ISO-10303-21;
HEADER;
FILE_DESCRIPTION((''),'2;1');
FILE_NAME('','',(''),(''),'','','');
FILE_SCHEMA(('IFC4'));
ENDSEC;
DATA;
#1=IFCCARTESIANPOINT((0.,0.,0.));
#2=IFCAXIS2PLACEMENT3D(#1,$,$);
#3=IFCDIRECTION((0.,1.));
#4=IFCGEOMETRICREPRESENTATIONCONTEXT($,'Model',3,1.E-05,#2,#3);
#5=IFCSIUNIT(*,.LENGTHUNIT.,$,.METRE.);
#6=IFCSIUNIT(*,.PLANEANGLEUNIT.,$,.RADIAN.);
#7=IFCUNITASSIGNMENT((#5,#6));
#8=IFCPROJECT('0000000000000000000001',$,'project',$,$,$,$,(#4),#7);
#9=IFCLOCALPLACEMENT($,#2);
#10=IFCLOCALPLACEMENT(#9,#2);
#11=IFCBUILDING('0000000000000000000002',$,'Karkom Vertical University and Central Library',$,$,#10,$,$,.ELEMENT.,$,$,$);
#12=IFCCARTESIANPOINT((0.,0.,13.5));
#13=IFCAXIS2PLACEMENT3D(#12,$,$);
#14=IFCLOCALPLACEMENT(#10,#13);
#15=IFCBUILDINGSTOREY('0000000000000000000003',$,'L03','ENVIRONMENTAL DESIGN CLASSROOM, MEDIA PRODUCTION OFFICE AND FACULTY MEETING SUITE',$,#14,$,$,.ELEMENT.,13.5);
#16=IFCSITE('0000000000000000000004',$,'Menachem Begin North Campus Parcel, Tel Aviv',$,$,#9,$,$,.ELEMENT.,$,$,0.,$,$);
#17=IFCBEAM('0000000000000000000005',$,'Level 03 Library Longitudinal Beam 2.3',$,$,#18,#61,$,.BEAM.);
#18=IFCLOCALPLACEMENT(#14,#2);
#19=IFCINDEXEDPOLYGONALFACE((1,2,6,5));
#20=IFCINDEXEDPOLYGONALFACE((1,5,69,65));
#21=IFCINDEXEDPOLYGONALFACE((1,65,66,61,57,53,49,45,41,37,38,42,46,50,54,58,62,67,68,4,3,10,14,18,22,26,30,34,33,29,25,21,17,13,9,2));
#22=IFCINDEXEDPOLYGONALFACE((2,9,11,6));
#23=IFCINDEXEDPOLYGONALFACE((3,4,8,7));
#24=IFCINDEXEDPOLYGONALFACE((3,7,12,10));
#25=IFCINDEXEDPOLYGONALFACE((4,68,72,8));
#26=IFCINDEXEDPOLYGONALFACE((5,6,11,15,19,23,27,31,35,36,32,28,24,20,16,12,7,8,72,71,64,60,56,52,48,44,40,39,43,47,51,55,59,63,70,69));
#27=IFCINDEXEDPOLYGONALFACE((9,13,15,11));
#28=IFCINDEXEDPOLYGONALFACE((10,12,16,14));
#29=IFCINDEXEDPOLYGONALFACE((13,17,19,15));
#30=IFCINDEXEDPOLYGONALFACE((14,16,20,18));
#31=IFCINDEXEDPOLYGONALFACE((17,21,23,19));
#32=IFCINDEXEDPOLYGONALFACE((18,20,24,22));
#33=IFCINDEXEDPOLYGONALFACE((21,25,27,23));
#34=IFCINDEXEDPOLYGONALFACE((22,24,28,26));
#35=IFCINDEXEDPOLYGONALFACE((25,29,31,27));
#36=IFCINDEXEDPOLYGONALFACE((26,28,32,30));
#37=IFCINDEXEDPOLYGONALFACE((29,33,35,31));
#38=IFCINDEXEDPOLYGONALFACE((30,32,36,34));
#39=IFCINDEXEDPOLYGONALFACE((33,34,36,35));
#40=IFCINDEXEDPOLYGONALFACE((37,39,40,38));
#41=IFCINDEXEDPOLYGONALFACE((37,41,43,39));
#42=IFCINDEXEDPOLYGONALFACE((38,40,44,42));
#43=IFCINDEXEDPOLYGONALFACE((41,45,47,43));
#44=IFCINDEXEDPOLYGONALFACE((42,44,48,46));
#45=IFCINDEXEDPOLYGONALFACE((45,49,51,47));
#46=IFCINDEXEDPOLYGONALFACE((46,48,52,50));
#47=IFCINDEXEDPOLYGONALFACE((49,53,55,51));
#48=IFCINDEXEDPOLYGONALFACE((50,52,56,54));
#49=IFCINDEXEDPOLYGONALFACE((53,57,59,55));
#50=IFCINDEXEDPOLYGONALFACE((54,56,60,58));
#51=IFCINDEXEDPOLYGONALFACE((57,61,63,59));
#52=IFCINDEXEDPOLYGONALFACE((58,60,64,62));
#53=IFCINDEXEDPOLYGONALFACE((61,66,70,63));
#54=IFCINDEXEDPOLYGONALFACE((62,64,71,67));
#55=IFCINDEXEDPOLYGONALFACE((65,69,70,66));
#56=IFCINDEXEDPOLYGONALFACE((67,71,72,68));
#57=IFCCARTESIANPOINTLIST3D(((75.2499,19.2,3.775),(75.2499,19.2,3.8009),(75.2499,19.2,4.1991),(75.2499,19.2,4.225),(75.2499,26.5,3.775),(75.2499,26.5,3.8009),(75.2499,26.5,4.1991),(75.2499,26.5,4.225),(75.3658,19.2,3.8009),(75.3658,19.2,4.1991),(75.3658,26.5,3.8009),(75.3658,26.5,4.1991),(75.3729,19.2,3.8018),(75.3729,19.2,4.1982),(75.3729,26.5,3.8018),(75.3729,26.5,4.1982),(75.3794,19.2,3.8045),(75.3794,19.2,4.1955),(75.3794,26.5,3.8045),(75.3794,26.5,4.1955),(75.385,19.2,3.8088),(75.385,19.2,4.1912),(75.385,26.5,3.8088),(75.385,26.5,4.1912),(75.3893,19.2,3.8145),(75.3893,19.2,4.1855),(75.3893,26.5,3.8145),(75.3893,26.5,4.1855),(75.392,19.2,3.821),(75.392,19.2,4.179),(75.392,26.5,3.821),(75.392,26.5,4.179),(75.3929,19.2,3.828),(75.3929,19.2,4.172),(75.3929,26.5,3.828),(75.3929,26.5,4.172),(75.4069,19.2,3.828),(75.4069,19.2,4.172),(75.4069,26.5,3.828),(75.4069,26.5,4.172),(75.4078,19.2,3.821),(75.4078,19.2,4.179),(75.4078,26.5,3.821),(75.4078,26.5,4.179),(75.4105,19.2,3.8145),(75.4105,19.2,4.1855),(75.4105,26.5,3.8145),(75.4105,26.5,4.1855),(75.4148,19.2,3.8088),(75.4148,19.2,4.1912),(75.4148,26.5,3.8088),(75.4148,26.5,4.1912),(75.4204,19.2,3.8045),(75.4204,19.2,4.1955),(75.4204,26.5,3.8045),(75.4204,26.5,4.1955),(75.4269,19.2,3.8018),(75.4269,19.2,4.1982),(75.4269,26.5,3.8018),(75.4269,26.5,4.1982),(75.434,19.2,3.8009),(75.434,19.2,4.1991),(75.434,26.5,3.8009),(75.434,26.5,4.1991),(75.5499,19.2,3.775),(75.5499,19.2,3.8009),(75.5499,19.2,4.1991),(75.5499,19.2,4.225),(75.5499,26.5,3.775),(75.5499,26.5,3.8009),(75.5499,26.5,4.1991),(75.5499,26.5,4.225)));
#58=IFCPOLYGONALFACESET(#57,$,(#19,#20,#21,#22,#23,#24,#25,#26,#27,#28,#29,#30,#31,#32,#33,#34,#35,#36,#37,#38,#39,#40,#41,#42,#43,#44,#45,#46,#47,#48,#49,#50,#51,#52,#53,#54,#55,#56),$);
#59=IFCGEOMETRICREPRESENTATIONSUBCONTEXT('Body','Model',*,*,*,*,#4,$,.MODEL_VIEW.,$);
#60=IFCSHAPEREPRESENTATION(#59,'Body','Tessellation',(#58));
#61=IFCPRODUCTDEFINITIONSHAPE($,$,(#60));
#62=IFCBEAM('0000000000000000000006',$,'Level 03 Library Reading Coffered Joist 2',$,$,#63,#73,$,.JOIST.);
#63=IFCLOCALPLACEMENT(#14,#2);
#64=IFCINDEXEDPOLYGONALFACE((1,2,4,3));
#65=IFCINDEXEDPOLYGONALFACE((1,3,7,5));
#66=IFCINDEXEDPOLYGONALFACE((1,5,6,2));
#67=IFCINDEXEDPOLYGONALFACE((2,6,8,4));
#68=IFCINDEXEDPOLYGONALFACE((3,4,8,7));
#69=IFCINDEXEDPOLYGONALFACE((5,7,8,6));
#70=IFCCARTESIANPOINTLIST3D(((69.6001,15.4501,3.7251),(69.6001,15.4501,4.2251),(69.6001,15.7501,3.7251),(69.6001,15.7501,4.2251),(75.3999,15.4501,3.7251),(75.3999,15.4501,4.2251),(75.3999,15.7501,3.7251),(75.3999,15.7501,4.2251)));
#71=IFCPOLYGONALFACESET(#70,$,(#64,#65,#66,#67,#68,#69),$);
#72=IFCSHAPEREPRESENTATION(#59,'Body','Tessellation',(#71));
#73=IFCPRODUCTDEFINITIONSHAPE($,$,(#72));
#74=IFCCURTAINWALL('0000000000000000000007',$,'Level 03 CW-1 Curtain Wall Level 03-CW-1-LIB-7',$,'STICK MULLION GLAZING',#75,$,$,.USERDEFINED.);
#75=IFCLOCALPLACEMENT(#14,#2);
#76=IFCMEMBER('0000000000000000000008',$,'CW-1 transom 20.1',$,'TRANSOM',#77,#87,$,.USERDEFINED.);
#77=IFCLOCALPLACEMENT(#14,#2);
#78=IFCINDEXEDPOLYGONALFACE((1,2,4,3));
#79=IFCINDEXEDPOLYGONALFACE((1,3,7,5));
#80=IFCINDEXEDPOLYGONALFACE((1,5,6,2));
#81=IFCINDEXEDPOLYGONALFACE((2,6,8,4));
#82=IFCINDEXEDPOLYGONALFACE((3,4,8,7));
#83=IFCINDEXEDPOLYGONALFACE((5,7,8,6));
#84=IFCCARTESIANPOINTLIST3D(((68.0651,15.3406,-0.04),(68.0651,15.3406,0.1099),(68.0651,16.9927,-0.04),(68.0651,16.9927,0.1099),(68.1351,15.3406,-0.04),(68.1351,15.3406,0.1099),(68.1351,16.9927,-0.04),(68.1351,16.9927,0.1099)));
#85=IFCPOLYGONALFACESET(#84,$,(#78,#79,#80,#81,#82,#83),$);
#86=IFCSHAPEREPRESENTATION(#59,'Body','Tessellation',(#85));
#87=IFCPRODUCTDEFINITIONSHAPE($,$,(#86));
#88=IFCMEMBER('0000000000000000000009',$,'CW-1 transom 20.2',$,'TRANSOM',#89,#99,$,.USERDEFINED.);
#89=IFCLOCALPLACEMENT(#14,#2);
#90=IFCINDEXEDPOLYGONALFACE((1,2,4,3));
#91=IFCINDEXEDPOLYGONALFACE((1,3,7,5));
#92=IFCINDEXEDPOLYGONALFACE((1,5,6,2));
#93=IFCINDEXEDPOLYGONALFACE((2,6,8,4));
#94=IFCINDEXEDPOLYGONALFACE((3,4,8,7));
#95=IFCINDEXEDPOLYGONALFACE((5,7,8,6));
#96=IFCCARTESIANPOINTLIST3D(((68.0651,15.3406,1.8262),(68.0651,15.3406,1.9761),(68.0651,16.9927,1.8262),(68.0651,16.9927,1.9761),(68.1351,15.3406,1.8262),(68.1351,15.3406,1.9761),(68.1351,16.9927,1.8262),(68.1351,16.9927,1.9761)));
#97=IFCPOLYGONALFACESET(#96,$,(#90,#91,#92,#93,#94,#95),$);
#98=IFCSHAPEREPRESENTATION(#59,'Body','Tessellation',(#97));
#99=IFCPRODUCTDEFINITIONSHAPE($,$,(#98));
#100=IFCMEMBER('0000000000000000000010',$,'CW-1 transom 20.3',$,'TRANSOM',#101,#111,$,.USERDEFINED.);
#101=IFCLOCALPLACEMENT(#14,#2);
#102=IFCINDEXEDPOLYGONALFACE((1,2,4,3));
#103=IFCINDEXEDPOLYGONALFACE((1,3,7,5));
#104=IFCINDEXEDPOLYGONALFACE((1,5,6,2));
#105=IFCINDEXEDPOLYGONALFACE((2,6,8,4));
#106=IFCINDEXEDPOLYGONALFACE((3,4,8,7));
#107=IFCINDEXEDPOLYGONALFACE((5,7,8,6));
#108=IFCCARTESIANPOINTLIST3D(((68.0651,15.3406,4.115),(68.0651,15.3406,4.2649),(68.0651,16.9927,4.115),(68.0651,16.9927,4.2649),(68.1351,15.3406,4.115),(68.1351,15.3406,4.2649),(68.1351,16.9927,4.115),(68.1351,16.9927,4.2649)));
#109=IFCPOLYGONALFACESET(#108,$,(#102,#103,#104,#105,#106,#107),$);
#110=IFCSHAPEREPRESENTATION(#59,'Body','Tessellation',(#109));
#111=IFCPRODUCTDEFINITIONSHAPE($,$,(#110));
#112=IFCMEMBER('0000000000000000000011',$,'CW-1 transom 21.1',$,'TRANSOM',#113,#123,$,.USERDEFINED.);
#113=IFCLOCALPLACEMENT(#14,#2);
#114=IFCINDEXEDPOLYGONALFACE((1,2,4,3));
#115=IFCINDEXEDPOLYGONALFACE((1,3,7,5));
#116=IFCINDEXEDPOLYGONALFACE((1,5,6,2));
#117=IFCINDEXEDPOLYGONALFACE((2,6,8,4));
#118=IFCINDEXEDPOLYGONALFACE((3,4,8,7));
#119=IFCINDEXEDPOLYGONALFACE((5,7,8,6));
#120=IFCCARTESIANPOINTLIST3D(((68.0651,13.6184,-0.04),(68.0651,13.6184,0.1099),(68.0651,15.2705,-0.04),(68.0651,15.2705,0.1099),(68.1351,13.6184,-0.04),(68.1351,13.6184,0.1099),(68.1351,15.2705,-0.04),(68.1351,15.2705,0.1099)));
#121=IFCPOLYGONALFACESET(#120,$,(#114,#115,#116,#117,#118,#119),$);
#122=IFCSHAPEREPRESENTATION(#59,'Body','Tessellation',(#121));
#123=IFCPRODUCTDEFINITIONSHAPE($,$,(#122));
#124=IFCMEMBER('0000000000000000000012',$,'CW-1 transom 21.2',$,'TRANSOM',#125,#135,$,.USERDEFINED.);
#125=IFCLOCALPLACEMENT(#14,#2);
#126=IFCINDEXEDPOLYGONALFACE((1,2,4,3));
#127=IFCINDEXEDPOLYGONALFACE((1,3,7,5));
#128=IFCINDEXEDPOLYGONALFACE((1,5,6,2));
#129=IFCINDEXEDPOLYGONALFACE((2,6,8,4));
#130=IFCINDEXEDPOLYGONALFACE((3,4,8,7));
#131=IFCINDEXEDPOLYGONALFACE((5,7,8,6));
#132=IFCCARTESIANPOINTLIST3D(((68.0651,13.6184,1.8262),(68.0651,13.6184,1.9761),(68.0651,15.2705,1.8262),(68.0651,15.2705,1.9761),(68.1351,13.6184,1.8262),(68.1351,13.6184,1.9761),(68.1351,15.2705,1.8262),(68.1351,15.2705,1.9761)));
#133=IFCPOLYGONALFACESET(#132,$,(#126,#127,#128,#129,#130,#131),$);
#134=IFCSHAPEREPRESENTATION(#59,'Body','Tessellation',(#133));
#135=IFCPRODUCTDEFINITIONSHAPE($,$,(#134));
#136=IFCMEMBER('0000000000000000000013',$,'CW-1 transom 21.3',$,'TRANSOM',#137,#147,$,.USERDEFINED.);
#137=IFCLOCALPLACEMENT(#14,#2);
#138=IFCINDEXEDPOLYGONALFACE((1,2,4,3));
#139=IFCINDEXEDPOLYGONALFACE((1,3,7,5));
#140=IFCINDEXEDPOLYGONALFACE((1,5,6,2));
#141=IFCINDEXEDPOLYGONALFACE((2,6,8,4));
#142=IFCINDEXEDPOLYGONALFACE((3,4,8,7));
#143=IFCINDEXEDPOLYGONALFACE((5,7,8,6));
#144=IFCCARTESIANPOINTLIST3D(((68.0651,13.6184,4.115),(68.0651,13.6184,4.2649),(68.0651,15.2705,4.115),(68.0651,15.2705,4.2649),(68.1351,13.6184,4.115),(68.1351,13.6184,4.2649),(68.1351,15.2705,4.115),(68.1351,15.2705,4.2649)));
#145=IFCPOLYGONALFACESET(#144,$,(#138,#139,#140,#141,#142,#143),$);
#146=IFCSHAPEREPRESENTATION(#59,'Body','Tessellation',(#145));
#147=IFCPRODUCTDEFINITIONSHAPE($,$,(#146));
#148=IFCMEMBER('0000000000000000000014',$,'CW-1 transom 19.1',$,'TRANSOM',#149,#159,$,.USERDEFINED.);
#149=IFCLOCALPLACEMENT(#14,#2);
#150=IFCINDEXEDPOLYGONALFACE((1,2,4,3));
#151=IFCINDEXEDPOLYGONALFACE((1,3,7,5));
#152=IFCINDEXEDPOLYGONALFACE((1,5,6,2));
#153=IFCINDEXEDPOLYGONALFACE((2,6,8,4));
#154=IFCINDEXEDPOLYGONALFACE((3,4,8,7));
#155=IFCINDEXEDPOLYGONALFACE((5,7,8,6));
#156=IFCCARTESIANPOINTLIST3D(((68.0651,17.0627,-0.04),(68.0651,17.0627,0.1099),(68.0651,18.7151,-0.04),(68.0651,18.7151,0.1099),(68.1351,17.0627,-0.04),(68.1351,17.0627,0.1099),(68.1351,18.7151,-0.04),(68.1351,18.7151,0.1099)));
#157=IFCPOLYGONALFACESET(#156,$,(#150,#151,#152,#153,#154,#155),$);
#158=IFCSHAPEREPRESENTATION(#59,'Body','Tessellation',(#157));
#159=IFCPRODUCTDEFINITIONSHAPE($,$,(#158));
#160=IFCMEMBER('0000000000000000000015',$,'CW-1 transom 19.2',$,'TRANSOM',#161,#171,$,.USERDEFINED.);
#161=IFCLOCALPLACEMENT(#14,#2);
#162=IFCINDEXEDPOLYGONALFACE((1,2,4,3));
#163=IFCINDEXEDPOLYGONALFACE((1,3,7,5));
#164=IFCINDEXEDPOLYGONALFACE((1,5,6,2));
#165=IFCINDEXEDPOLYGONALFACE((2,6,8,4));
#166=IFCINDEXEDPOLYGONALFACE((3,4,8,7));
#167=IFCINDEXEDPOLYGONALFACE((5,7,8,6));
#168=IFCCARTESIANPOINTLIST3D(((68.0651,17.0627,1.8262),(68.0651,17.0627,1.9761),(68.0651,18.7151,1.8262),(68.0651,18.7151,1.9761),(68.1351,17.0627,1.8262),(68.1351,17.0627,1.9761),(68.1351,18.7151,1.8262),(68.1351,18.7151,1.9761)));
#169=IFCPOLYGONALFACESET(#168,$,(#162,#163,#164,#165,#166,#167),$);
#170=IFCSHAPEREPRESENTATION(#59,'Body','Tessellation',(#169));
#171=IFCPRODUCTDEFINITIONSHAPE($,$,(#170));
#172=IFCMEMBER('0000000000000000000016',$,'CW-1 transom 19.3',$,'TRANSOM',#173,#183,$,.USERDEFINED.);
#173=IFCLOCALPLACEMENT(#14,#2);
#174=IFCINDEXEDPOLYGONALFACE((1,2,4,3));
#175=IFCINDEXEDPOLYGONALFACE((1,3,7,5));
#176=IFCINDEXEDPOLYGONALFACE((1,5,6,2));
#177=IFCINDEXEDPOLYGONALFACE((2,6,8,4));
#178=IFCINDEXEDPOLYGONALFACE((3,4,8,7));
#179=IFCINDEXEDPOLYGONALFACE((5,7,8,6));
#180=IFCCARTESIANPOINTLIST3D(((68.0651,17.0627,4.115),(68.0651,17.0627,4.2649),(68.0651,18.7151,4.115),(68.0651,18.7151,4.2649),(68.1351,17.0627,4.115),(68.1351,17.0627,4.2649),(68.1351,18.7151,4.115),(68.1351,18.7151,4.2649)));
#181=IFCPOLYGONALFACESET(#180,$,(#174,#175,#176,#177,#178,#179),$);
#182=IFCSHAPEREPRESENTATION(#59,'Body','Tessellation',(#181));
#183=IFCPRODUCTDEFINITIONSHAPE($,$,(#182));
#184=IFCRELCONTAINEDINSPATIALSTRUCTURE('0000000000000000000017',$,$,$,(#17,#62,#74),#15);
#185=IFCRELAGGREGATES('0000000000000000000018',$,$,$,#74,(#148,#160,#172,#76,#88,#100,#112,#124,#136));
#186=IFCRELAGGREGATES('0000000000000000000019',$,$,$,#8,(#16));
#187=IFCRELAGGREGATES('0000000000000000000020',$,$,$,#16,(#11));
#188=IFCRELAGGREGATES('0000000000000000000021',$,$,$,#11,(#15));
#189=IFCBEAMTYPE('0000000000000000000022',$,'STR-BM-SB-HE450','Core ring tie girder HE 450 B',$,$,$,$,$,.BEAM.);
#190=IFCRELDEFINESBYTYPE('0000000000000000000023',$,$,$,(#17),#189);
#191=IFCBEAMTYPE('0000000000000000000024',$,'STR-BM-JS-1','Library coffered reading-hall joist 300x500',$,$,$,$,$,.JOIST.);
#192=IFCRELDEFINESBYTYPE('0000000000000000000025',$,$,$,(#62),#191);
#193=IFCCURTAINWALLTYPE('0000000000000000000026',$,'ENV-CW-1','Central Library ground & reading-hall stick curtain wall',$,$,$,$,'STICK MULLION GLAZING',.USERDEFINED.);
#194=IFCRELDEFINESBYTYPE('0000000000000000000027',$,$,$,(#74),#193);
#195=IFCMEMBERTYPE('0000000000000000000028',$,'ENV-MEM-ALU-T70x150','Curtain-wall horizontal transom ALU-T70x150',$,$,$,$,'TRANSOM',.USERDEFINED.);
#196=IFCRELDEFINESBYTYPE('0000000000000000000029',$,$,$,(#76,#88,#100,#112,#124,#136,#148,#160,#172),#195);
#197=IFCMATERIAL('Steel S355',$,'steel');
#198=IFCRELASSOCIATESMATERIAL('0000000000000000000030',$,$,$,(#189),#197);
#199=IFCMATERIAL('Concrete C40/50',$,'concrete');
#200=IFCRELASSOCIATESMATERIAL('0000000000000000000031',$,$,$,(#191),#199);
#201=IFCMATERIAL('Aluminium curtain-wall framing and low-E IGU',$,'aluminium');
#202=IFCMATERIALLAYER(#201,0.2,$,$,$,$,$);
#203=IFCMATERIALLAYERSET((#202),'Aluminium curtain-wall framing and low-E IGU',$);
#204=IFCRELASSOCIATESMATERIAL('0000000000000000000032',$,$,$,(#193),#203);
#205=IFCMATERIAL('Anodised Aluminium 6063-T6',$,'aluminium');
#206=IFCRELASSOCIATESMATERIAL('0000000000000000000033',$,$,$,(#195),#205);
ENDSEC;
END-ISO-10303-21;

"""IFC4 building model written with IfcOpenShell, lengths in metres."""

from ifc_helpers import new_model, si_unit, direction, frame, origin, origin_with_axes, origin_2d, place, context, subcontext, project, spatial, rectangle, i_section, extrude, source, transform, mapped, material, layer, layer_set, material_profile, profile_set, type_object, element, aggregate, save


model = new_model("IFC4")

# Units and contexts
model_context = context("Model", 3, precision=1e-05, world=origin(), true_north=direction((0.0, 1.0)))
body_context = subcontext(model_context, "Body", "Model", "MODEL_VIEW")
ifc_project = project(units=[si_unit("LENGTHUNIT", "METRE"), si_unit("PLANEANGLEUNIT", "RADIAN")], contexts=[model_context])

# Site, building, storey
site_placement = place(None, origin())
site = spatial("IfcSite", under=ifc_project, at=site_placement, Name="Menachem Begin North Campus Parcel, Tel Aviv", CompositionType="ELEMENT", RefElevation=0.0)
building_placement = place(site_placement, origin())
building = spatial("IfcBuilding", under=site, at=building_placement, Name="Karkom Vertical University and Central Library", CompositionType="ELEMENT")
storey_placement = place(building_placement, frame((0.0, 0.0, 13.5)))
storey = spatial("IfcBuildingStorey", under=building, at=storey_placement, Name="L03", Description="ENVIRONMENTAL DESIGN CLASSROOM, MEDIA PRODUCTION OFFICE AND FACULTY MEETING SUITE", CompositionType="ELEMENT", Elevation=13.5)

# Shared definitions
ifc_material_1 = material(Name="Concrete C40/50", Category="concrete")

# Beams
ifc_material_2 = material(Name="Steel S355", Category="steel")
ifc_material_profile_1 = material_profile(ifc_material_2, i_section(OverallWidth=0.3, OverallDepth=0.45, WebThickness=0.0139, FlangeThickness=0.0259, FilletRadius=0.0271, at=origin_2d()), Name="HE 450 B")
ifc_profile_set_1 = profile_set([ifc_material_profile_1], Name="Steel S355")
beam_type_1 = type_object("IfcBeamType", Name="STR-BM-SB-HE450", Description="Core ring tie girder HE 450 B", PredefinedType="BEAM", material=ifc_profile_set_1)
shared_shape_1 = source(origin_with_axes(), body_context, "Body", "SweptSolid", [
    extrude(i_section(OverallWidth=0.3, OverallDepth=0.45, WebThickness=0.0139, FlangeThickness=0.0259, FilletRadius=0.0271, at=origin_2d()), origin(), (0.0, 0.0, 1.0), 7.3),
])
for number, where, z_axis, x_axis, name in (
    (1, (75.3999, 19.2, 4.0), (0.0, 1.0, 0.0), (-1.0, 0.0, 0.0), "Level 03 Library Longitudinal Beam 2.3"),
):
    element("IfcBeam", number, at=place(storey_placement, frame(where, z_axis=z_axis, x_axis=x_axis)), inside=storey, type_object=beam_type_1, Name=name, PredefinedType="BEAM", context=body_context, shape_type="MappedRepresentation", body=[
        mapped(shared_shape_1, transform((0.0, 0.0, 0.0), scale=1.0)),
    ])
ifc_material_profile_2 = material_profile(ifc_material_1, rectangle(XDim=0.3, YDim=0.5, at=origin_2d()), Name="RCJ-300x500")
ifc_profile_set_2 = profile_set([ifc_material_profile_2], Name="Concrete C40/50")
beam_type_2 = type_object("IfcBeamType", Name="STR-BM-JS-1", Description="Library coffered reading-hall joist 300x500", PredefinedType="JOIST", material=ifc_profile_set_2)
shared_shape_2 = source(origin_with_axes(), body_context, "Body", "SweptSolid", [
    extrude(rectangle(XDim=0.3, YDim=0.5, at=origin_2d()), origin(), (0.0, 0.0, 1.0), 5.7998),
])
beam_1_placement = place(storey_placement, frame((69.6001, 15.6001, 3.9751), z_axis=(1.0, 0.0, 0.0), x_axis=(0.0, 1.0, 0.0)))
element("IfcBeam", 2, at=beam_1_placement, inside=storey, type_object=beam_type_2, Name="Level 03 Library Reading Coffered Joist 2", PredefinedType="JOIST", context=body_context, shape_type="MappedRepresentation", body=[
    mapped(shared_shape_2, transform((0.0, 0.0, 0.0), scale=1.0)),
])

# Curtain wall, members
ifc_material_3 = material(Name="Aluminium curtain-wall framing and low-E IGU", Category="aluminium")
ifc_layer_1 = layer(ifc_material_3, 0.2)
ifc_layer_set_1 = layer_set([ifc_layer_1], Name="Aluminium curtain-wall framing and low-E IGU")
curtain_wall_type = type_object("IfcCurtainWallType", Name="ENV-CW-1", Description="Central Library ground & reading-hall stick curtain wall", ElementType="STICK MULLION GLAZING", PredefinedType="USERDEFINED", material=ifc_layer_set_1)
curtain_wall_placement = place(storey_placement, origin())
curtain_wall = element("IfcCurtainWall", 3, at=curtain_wall_placement, inside=storey, type_object=curtain_wall_type, Name="Level 03 CW-1 Curtain Wall Level 03-CW-1-LIB-7", ObjectType="STICK MULLION GLAZING", PredefinedType="USERDEFINED")
ifc_material_4 = material(Name="Anodised Aluminium 6063-T6", Category="aluminium")
ifc_material_profile_3 = material_profile(ifc_material_4, rectangle(XDim=0.0701, YDim=0.1499, at=origin_2d()), Name="ALU-T70x150")
ifc_profile_set_3 = profile_set([ifc_material_profile_3], Name="Anodised Aluminium 6063-T6")
member_type = type_object("IfcMemberType", Name="ENV-MEM-ALU-T70x150", Description="Curtain-wall horizontal transom ALU-T70x150", ElementType="TRANSOM", PredefinedType="USERDEFINED", material=ifc_profile_set_3)
shared_shape_3 = source(origin_with_axes(), body_context, "Body", "SweptSolid", [
    extrude(rectangle(XDim=0.0701, YDim=0.1499, at=origin_2d()), origin(), (0.0, 0.0, 1.0), 1.6521),
])
member_1_placement = place(storey_placement, frame((68.1001, 16.9927, 0.0349), z_axis=(0.0, -1.0, 0.0), x_axis=(1.0, 0.0, 0.0)))
member_1 = element("IfcMember", 4, at=member_1_placement, type_object=member_type, Name="CW-1 transom 20.1", ObjectType="TRANSOM", PredefinedType="USERDEFINED", context=body_context, shape_type="MappedRepresentation", body=[
    mapped(shared_shape_3, transform((0.0, 0.0, 0.0), scale=1.0)),
])
member_2_placement = place(storey_placement, frame((68.1001, 16.9927, 1.9011), z_axis=(0.0, -1.0, 0.0), x_axis=(1.0, 0.0, 0.0)))
member_2 = element("IfcMember", 5, at=member_2_placement, type_object=member_type, Name="CW-1 transom 20.2", ObjectType="TRANSOM", PredefinedType="USERDEFINED", context=body_context, shape_type="MappedRepresentation", body=[
    mapped(shared_shape_3, transform((0.0, 0.0, 0.0), scale=1.0)),
])
member_3_placement = place(storey_placement, frame((68.1001, 16.9927, 4.1899), z_axis=(0.0, -1.0, 0.0), x_axis=(1.0, 0.0, 0.0)))
member_3 = element("IfcMember", 6, at=member_3_placement, type_object=member_type, Name="CW-1 transom 20.3", ObjectType="TRANSOM", PredefinedType="USERDEFINED", context=body_context, shape_type="MappedRepresentation", body=[
    mapped(shared_shape_3, transform((0.0, 0.0, 0.0), scale=1.0)),
])
member_4_placement = place(storey_placement, frame((68.1001, 15.2705, 0.0349), z_axis=(0.0, -1.0, 0.0), x_axis=(1.0, 0.0, 0.0)))
member_4 = element("IfcMember", 7, at=member_4_placement, type_object=member_type, Name="CW-1 transom 21.1", ObjectType="TRANSOM", PredefinedType="USERDEFINED", context=body_context, shape_type="MappedRepresentation", body=[
    mapped(shared_shape_3, transform((0.0, 0.0, 0.0), scale=1.0)),
])
member_5_placement = place(storey_placement, frame((68.1001, 15.2705, 1.9011), z_axis=(0.0, -1.0, 0.0), x_axis=(1.0, 0.0, 0.0)))
member_5 = element("IfcMember", 8, at=member_5_placement, type_object=member_type, Name="CW-1 transom 21.2", ObjectType="TRANSOM", PredefinedType="USERDEFINED", context=body_context, shape_type="MappedRepresentation", body=[
    mapped(shared_shape_3, transform((0.0, 0.0, 0.0), scale=1.0)),
])
member_6_placement = place(storey_placement, frame((68.1001, 15.2705, 4.1899), z_axis=(0.0, -1.0, 0.0), x_axis=(1.0, 0.0, 0.0)))
member_6 = element("IfcMember", 9, at=member_6_placement, type_object=member_type, Name="CW-1 transom 21.3", ObjectType="TRANSOM", PredefinedType="USERDEFINED", context=body_context, shape_type="MappedRepresentation", body=[
    mapped(shared_shape_3, transform((0.0, 0.0, 0.0), scale=1.0)),
])
shared_shape_4 = source(origin_with_axes(), body_context, "Body", "SweptSolid", [
    extrude(rectangle(XDim=0.0701, YDim=0.1499, at=origin_2d()), origin(), (0.0, 0.0, 1.0), 1.6523),
])
member_7_placement = place(storey_placement, frame((68.1001, 18.7151, 0.0349), z_axis=(0.0, -1.0, 0.0), x_axis=(1.0, 0.0, 0.0)))
member_7 = element("IfcMember", 10, at=member_7_placement, type_object=member_type, Name="CW-1 transom 19.1", ObjectType="TRANSOM", PredefinedType="USERDEFINED", context=body_context, shape_type="MappedRepresentation", body=[
    mapped(shared_shape_4, transform((0.0, 0.0, 0.0), scale=1.0)),
])
member_8_placement = place(storey_placement, frame((68.1001, 18.7151, 1.9011), z_axis=(0.0, -1.0, 0.0), x_axis=(1.0, 0.0, 0.0)))
member_8 = element("IfcMember", 11, at=member_8_placement, type_object=member_type, Name="CW-1 transom 19.2", ObjectType="TRANSOM", PredefinedType="USERDEFINED", context=body_context, shape_type="MappedRepresentation", body=[
    mapped(shared_shape_4, transform((0.0, 0.0, 0.0), scale=1.0)),
])
member_9_placement = place(storey_placement, frame((68.1001, 18.7151, 4.1899), z_axis=(0.0, -1.0, 0.0), x_axis=(1.0, 0.0, 0.0)))
member_9 = element("IfcMember", 12, at=member_9_placement, type_object=member_type, Name="CW-1 transom 19.3", ObjectType="TRANSOM", PredefinedType="USERDEFINED", context=body_context, shape_type="MappedRepresentation", body=[
    mapped(shared_shape_4, transform((0.0, 0.0, 0.0), scale=1.0)),
])
aggregate(curtain_wall, [member_7, member_8, member_9, member_1, member_2, member_3, member_4, member_5, member_6])

save(model, "model.ifc")
